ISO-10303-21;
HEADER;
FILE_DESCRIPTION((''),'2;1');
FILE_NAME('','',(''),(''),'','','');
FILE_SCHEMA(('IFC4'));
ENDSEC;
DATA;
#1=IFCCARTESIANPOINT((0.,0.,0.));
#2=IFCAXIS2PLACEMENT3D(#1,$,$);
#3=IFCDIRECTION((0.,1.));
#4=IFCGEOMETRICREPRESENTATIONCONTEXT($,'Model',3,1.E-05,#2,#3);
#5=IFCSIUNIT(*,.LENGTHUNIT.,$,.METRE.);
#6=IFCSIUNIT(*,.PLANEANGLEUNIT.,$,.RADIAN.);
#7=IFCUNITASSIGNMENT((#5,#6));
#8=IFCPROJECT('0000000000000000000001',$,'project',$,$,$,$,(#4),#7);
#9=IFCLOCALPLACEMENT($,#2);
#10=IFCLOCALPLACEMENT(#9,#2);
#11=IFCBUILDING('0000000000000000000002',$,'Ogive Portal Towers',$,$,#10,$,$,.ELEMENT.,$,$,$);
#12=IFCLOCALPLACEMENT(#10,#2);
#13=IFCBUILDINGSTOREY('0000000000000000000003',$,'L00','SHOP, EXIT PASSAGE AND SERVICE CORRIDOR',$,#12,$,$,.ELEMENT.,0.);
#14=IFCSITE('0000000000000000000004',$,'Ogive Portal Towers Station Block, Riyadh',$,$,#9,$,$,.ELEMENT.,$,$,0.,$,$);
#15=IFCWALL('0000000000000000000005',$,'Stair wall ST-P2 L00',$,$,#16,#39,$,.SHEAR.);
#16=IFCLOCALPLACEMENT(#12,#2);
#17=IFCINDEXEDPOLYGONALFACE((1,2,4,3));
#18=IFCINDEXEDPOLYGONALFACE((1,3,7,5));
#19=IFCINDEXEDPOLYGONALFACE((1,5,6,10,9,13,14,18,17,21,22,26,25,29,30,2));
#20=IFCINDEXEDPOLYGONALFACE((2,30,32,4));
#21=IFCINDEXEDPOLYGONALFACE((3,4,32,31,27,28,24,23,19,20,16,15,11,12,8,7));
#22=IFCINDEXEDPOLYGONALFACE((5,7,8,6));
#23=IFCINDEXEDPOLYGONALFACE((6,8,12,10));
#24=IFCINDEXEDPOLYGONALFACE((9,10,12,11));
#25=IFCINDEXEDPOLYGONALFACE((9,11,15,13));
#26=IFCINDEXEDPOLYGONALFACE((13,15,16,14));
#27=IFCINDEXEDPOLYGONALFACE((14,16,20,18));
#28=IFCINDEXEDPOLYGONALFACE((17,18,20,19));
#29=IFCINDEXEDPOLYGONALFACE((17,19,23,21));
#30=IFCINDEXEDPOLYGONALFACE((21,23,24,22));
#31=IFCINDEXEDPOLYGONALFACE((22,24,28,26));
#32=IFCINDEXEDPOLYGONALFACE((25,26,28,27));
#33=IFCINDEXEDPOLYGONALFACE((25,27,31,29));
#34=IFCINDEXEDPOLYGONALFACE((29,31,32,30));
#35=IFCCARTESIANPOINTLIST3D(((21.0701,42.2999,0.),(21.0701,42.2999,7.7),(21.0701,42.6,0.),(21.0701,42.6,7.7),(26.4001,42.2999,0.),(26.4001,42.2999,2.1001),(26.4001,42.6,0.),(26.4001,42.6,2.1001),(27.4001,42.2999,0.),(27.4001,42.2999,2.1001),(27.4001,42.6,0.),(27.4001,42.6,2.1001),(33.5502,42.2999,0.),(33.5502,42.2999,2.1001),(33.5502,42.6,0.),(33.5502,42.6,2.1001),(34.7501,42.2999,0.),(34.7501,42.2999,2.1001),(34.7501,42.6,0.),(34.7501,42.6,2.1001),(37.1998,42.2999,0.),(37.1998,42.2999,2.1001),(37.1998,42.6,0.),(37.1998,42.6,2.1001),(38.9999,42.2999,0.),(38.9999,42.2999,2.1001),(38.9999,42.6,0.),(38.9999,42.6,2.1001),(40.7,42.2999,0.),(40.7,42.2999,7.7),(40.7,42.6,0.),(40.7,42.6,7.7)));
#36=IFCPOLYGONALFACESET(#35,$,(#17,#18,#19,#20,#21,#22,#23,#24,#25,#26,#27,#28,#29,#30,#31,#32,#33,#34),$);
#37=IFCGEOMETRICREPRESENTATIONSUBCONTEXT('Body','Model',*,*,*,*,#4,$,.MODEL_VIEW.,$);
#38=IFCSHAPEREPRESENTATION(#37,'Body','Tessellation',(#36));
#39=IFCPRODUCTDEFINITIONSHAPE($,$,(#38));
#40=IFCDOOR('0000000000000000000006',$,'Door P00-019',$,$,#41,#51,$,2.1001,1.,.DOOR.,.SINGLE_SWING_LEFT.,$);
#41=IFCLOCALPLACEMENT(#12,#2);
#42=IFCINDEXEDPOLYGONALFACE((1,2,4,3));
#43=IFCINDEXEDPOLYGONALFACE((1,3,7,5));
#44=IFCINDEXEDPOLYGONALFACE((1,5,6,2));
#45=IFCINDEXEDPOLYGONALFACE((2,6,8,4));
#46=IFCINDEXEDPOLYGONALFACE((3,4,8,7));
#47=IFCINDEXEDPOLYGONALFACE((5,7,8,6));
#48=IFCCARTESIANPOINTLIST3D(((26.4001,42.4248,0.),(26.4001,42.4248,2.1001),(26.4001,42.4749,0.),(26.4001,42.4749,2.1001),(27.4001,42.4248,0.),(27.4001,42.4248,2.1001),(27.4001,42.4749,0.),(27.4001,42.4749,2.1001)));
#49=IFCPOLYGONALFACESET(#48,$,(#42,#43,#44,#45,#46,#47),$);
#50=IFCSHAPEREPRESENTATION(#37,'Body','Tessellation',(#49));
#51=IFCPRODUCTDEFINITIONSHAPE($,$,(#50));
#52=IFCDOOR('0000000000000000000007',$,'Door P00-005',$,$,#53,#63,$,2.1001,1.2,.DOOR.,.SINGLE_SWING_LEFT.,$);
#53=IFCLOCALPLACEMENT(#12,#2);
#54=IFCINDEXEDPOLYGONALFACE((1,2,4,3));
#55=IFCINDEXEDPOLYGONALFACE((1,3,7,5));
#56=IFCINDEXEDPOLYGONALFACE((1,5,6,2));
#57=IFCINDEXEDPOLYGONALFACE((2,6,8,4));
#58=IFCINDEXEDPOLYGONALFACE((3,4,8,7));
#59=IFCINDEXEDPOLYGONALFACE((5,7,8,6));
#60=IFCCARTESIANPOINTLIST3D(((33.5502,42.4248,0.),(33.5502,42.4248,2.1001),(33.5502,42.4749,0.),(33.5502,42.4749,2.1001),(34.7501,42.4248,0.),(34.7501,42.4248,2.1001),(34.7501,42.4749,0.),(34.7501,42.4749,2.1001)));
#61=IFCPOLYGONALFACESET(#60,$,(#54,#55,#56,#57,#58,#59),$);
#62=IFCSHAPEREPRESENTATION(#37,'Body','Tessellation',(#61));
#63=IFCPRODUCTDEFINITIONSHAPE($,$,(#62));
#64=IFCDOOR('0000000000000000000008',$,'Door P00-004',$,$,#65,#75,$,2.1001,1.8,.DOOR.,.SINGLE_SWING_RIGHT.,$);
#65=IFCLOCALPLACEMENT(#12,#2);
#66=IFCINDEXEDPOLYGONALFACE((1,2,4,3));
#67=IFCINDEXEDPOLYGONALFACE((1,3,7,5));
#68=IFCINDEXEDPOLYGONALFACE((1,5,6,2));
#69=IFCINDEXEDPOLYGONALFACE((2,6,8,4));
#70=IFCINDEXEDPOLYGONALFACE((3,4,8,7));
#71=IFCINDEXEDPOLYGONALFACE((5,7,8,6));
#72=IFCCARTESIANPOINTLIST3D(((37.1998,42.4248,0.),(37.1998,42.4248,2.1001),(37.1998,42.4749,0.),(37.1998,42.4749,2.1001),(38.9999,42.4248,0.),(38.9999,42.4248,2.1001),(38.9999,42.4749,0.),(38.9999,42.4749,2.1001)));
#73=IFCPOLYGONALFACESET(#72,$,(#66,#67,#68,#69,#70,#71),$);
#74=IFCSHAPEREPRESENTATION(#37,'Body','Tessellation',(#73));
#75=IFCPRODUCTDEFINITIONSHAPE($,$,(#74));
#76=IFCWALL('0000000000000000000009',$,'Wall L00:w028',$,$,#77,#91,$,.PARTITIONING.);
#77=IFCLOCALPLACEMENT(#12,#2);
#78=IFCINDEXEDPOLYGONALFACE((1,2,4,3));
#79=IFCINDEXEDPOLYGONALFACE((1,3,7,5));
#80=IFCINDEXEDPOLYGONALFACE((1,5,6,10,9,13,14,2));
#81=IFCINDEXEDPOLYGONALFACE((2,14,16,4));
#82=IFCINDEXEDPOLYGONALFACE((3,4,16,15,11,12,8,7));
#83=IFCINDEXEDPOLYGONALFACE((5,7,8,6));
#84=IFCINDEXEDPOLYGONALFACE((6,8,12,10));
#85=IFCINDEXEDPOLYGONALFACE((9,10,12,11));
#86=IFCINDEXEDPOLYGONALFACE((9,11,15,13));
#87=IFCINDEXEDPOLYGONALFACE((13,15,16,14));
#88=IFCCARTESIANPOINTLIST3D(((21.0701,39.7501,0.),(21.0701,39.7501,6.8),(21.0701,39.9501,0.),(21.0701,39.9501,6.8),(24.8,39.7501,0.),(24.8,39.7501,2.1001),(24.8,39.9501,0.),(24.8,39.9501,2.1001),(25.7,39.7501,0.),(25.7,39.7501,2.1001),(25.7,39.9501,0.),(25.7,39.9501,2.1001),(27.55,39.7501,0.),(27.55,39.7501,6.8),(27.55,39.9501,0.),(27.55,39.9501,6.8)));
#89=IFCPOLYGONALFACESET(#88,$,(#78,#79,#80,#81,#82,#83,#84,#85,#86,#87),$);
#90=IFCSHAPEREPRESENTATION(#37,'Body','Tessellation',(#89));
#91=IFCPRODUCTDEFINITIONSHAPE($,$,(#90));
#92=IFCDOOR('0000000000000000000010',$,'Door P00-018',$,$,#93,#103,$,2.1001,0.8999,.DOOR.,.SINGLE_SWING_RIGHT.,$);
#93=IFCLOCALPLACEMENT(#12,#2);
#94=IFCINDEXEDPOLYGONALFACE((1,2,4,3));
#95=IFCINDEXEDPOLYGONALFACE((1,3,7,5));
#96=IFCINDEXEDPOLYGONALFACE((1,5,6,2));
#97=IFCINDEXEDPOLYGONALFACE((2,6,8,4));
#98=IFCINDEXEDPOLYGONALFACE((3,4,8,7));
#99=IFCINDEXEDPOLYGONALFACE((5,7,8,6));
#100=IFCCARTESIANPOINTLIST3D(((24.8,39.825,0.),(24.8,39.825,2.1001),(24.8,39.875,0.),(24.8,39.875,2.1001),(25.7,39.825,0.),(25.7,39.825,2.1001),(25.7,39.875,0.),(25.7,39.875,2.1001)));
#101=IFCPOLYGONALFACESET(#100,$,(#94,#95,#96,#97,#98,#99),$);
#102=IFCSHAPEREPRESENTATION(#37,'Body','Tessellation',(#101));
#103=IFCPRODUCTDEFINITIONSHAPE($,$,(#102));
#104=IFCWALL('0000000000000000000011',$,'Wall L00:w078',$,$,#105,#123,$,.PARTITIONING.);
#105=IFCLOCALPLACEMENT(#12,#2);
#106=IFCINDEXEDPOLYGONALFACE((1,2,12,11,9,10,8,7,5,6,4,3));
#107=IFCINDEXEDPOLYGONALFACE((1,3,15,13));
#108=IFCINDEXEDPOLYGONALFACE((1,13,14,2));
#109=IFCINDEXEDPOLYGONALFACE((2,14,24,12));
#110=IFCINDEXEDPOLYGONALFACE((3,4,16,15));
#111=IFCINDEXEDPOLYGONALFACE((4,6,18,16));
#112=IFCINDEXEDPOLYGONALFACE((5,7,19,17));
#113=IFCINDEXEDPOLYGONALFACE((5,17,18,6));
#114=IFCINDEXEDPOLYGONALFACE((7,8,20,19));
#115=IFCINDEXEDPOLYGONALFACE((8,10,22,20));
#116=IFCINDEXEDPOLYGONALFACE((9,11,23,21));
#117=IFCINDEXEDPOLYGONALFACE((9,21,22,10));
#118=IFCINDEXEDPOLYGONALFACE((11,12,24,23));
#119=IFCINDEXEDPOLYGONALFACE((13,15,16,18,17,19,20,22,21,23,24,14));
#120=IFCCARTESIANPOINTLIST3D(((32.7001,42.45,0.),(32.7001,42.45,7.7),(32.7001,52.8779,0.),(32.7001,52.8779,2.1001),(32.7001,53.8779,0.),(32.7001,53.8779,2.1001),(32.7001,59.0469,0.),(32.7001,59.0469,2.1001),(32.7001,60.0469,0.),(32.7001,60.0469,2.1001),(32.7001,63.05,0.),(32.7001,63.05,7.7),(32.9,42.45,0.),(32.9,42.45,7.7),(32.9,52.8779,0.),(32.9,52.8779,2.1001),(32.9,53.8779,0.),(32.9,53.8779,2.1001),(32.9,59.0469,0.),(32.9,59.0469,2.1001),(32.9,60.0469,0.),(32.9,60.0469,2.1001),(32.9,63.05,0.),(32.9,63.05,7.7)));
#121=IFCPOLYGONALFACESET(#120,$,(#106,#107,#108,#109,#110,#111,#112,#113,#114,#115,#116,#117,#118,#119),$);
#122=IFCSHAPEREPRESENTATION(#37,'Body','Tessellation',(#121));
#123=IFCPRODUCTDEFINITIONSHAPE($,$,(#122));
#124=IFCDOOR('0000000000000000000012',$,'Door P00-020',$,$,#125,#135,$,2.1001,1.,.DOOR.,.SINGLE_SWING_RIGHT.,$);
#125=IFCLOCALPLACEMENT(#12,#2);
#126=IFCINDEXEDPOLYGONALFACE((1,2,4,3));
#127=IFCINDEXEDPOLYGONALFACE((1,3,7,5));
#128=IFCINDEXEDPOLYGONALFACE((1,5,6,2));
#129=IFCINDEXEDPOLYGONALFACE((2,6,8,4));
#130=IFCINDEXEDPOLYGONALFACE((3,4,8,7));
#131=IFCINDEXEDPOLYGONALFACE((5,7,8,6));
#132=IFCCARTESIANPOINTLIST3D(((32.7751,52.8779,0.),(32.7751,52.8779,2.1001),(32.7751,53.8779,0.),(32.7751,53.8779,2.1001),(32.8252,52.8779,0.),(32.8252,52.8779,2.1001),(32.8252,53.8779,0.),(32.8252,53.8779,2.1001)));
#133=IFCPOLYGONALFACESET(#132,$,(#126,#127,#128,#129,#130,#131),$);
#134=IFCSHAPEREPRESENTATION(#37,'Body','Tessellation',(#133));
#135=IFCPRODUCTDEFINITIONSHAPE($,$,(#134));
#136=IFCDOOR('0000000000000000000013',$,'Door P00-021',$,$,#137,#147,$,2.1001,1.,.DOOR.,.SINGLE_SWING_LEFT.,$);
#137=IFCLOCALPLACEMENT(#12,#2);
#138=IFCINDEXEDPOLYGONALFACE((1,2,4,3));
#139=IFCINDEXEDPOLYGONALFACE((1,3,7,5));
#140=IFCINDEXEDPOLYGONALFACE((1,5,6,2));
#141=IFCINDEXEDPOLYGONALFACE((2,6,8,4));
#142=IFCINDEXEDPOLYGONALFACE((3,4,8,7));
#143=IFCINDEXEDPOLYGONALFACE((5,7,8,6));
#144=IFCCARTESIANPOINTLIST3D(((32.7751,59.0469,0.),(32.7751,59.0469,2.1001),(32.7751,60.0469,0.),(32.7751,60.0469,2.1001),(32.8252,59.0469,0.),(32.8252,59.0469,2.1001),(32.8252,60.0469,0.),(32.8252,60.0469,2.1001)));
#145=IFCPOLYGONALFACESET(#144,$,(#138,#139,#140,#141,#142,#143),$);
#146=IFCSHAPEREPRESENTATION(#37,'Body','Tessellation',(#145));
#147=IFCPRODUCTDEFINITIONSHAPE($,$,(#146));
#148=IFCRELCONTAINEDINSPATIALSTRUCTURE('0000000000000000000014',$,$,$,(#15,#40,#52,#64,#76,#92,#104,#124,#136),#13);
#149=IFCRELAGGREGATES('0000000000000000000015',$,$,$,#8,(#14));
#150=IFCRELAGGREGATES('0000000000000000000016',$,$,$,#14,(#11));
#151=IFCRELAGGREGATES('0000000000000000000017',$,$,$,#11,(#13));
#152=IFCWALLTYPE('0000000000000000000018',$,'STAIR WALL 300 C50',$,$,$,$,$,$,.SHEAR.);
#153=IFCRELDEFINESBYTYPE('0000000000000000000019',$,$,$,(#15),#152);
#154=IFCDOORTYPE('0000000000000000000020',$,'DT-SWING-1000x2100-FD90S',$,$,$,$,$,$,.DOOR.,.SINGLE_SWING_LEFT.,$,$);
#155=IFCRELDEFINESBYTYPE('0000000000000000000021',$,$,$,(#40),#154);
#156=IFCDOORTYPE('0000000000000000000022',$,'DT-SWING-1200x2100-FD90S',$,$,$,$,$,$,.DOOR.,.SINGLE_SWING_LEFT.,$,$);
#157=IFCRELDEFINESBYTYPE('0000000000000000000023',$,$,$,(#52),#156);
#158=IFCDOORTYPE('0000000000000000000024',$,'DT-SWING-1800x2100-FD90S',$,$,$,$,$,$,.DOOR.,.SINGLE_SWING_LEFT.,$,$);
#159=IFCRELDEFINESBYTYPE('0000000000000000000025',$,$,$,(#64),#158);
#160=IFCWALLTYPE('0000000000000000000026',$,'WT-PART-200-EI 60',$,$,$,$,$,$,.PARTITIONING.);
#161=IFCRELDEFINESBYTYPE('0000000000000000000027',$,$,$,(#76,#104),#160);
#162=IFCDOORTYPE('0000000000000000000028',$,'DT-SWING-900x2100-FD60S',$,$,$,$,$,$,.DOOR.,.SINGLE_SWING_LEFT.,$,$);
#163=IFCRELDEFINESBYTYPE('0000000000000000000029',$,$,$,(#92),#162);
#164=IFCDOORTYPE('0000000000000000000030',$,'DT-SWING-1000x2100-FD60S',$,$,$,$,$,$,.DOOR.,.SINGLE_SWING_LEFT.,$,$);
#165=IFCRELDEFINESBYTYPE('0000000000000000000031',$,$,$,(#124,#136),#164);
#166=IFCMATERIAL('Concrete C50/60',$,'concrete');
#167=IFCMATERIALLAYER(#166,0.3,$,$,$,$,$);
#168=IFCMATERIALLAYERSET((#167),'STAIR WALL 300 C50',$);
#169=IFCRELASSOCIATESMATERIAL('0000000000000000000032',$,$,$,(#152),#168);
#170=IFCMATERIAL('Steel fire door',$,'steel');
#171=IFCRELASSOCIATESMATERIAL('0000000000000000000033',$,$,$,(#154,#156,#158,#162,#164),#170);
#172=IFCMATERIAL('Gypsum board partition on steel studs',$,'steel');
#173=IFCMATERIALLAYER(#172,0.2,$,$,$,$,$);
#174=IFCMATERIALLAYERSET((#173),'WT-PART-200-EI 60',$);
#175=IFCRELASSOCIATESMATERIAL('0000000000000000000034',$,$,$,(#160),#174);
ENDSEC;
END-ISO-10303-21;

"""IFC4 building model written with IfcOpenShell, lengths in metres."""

from ifc_helpers import new_model, si_unit, direction, frame, frame_2d, origin, place, context, subcontext, project, spatial, rectangle, extrude, material, layer, layer_set, type_object, element, fill, save


model = new_model("IFC4")

# Units and contexts
model_context = context("Model", 3, precision=1e-05, world=origin(), true_north=direction((0.0, 1.0)))
body_context = subcontext(model_context, "Body", "Model", "MODEL_VIEW")
ifc_project = project(units=[si_unit("LENGTHUNIT", "METRE"), si_unit("PLANEANGLEUNIT", "RADIAN")], contexts=[model_context])

# Site, building, storey
site_placement = place(None, origin())
site = spatial("IfcSite", under=ifc_project, at=site_placement, Name="Ogive Portal Towers Station Block, Riyadh", CompositionType="ELEMENT", RefElevation=0.0)
building_placement = place(site_placement, origin())
building = spatial("IfcBuilding", under=site, at=building_placement, Name="Ogive Portal Towers", CompositionType="ELEMENT")
storey_placement = place(building_placement, origin())
storey = spatial("IfcBuildingStorey", under=building, at=storey_placement, Name="L00", Description="SHOP, EXIT PASSAGE AND SERVICE CORRIDOR", CompositionType="ELEMENT", Elevation=0.0)

# Shared definitions
ifc_material_1 = material(Name="Concrete C50/60", Category="concrete")

# Shared definitions
ifc_material_2 = material(Name="Steel fire door", Category="steel")

# Wall, openings, doors
ifc_layer_1 = layer(ifc_material_1, 0.3)
ifc_layer_set_1 = layer_set([ifc_layer_1], Name="STAIR WALL 300 C50")
wall_type_1 = type_object("IfcWallType", Name="STAIR WALL 300 C50", PredefinedType="SHEAR", material=ifc_layer_set_1)
wall_1_placement = place(storey_placement, frame((21.0701, 42.45, 0.0), z_axis=(0.0, 0.0, 1.0), x_axis=(1.0, 0.0, 0.0)))
wall_1 = element("IfcWall", 1, at=wall_1_placement, inside=storey, type_object=wall_type_1, Name="Stair wall ST-P2 L00", PredefinedType="SHEAR", context=body_context, shape_type="SweptSolid", body=[
    extrude(rectangle(XDim=19.6299, YDim=0.3, at=frame_2d((9.8149, 0.0))), origin(), (0.0, 0.0, 1.0), 7.7),
])
opening_1_placement = place(wall_1_placement, frame((16.1299, 0.0, 0.0)))
opening_1 = element("IfcOpeningElement", 2, at=opening_1_placement, cuts=wall_1, PredefinedType="OPENING", context=body_context, shape_type="SweptSolid", body=[
    extrude(rectangle(XDim=1.8, YDim=2.1001, at=frame_2d((0.8999, 1.05))), frame((0.0, 0.1602, 0.0), z_axis=(0.0, -1.0, 0.0), x_axis=(1.0, 0.0, 0.0)), (0.0, 0.0, 1.0), 0.3201),
])
opening_2_placement = place(wall_1_placement, frame((12.48, 0.0, 0.0)))
opening_2 = element("IfcOpeningElement", 3, at=opening_2_placement, cuts=wall_1, PredefinedType="OPENING", context=body_context, shape_type="SweptSolid", body=[
    extrude(rectangle(XDim=1.2, YDim=2.1001, at=frame_2d((0.6001, 1.05))), frame((0.0, 0.1602, 0.0), z_axis=(0.0, -1.0, 0.0), x_axis=(1.0, 0.0, 0.0)), (0.0, 0.0, 1.0), 0.3201),
])
opening_3_placement = place(wall_1_placement, frame((5.3301, 0.0, 0.0)))
opening_3 = element("IfcOpeningElement", 4, at=opening_3_placement, cuts=wall_1, PredefinedType="OPENING", context=body_context, shape_type="SweptSolid", body=[
    extrude(rectangle(XDim=1.0, YDim=2.1001, at=frame_2d((0.5, 1.05))), frame((0.0, 0.1602, 0.0), z_axis=(0.0, -1.0, 0.0), x_axis=(1.0, 0.0, 0.0)), (0.0, 0.0, 1.0), 0.3201),
])
door_type_1 = type_object("IfcDoorType", Name="DT-SWING-1000x2100-FD90S", OperationType="SINGLE_SWING_LEFT", PredefinedType="DOOR", material=ifc_material_2)
door_1_placement = place(opening_3_placement, origin())
door_1 = element("IfcDoor", 5, at=door_1_placement, inside=storey, type_object=door_type_1, Name="Door P00-019", OperationType="SINGLE_SWING_LEFT", OverallHeight=2.1001, OverallWidth=1.0, PredefinedType="DOOR", context=body_context, shape_type="SweptSolid", body=[
    extrude(rectangle(XDim=1.0, YDim=2.1001, at=frame_2d((0.5, 1.05))), frame((0.0, 0.0249, 0.0), z_axis=(0.0, -1.0, 0.0), x_axis=(1.0, 0.0, 0.0)), (0.0, 0.0, 1.0), 0.05),
])
fill(opening_3, door_1)
door_type_2 = type_object("IfcDoorType", Name="DT-SWING-1200x2100-FD90S", OperationType="SINGLE_SWING_LEFT", PredefinedType="DOOR", material=ifc_material_2)
door_2_placement = place(opening_2_placement, origin())
door_2 = element("IfcDoor", 6, at=door_2_placement, inside=storey, type_object=door_type_2, Name="Door P00-005", OperationType="SINGLE_SWING_LEFT", OverallHeight=2.1001, OverallWidth=1.2, PredefinedType="DOOR", context=body_context, shape_type="SweptSolid", body=[
    extrude(rectangle(XDim=1.2, YDim=2.1001, at=frame_2d((0.6001, 1.05))), frame((0.0, 0.0249, 0.0), z_axis=(0.0, -1.0, 0.0), x_axis=(1.0, 0.0, 0.0)), (0.0, 0.0, 1.0), 0.05),
])
fill(opening_2, door_2)
door_type_3 = type_object("IfcDoorType", Name="DT-SWING-1800x2100-FD90S", OperationType="SINGLE_SWING_LEFT", PredefinedType="DOOR", material=ifc_material_2)
door_3_placement = place(opening_1_placement, origin())
door_3 = element("IfcDoor", 7, at=door_3_placement, inside=storey, type_object=door_type_3, Name="Door P00-004", OperationType="SINGLE_SWING_RIGHT", OverallHeight=2.1001, OverallWidth=1.8, PredefinedType="DOOR", context=body_context, shape_type="SweptSolid", body=[
    extrude(rectangle(XDim=1.8, YDim=2.1001, at=frame_2d((0.8999, 1.05))), frame((0.0, 0.0249, 0.0), z_axis=(0.0, -1.0, 0.0), x_axis=(1.0, 0.0, 0.0)), (0.0, 0.0, 1.0), 0.05),
])
fill(opening_1, door_3)

# Wall, opening, door
ifc_material_3 = material(Name="Gypsum board partition on steel studs", Category="steel")
ifc_layer_2 = layer(ifc_material_3, 0.2)
ifc_layer_set_2 = layer_set([ifc_layer_2], Name="WT-PART-200-EI 60")
wall_type_2 = type_object("IfcWallType", Name="WT-PART-200-EI 60", PredefinedType="PARTITIONING", material=ifc_layer_set_2)
wall_2_placement = place(storey_placement, frame((21.0701, 39.8501, 0.0), z_axis=(0.0, 0.0, 1.0), x_axis=(1.0, 0.0, 0.0)))
wall_2 = element("IfcWall", 8, at=wall_2_placement, inside=storey, type_object=wall_type_2, Name="Wall L00:w028", PredefinedType="PARTITIONING", context=body_context, shape_type="SweptSolid", body=[
    extrude(rectangle(XDim=6.48, YDim=0.2, at=frame_2d((3.24, 0.0))), origin(), (0.0, 0.0, 1.0), 6.8),
])
opening_4_placement = place(wall_2_placement, frame((3.73, 0.0, 0.0)))
opening_4 = element("IfcOpeningElement", 9, at=opening_4_placement, cuts=wall_2, PredefinedType="OPENING", context=body_context, shape_type="SweptSolid", body=[
    extrude(rectangle(XDim=0.8999, YDim=2.1001, at=frame_2d((0.45, 1.05))), frame((0.0, 0.1099, 0.0), z_axis=(0.0, -1.0, 0.0), x_axis=(1.0, 0.0, 0.0)), (0.0, 0.0, 1.0), 0.22),
])
door_type_4 = type_object("IfcDoorType", Name="DT-SWING-900x2100-FD60S", OperationType="SINGLE_SWING_LEFT", PredefinedType="DOOR", material=ifc_material_2)
door_4_placement = place(opening_4_placement, origin())
door_4 = element("IfcDoor", 10, at=door_4_placement, inside=storey, type_object=door_type_4, Name="Door P00-018", OperationType="SINGLE_SWING_RIGHT", OverallHeight=2.1001, OverallWidth=0.8999, PredefinedType="DOOR", context=body_context, shape_type="SweptSolid", body=[
    extrude(rectangle(XDim=0.8999, YDim=2.1001, at=frame_2d((0.45, 1.05))), frame((0.0, 0.0249, 0.0), z_axis=(0.0, -1.0, 0.0), x_axis=(1.0, 0.0, 0.0)), (0.0, 0.0, 1.0), 0.05),
])
fill(opening_4, door_4)

# Wall, openings, doors
wall_3_placement = place(storey_placement, frame((32.8, 42.45, 0.0), z_axis=(0.0, 0.0, 1.0), x_axis=(0.0, 1.0, 0.0)))
wall_3 = element("IfcWall", 11, at=wall_3_placement, inside=storey, type_object=wall_type_2, Name="Wall L00:w078", PredefinedType="PARTITIONING", context=body_context, shape_type="SweptSolid", body=[
    extrude(rectangle(XDim=20.6001, YDim=0.2, at=frame_2d((10.3, 0.0))), origin(), (0.0, 0.0, 1.0), 7.7),
])
opening_5_placement = place(wall_3_placement, frame((10.428, 0.0, 0.0)))
opening_5 = element("IfcOpeningElement", 12, at=opening_5_placement, cuts=wall_3, PredefinedType="OPENING", context=body_context, shape_type="SweptSolid", body=[
    extrude(rectangle(XDim=1.0, YDim=2.1001, at=frame_2d((0.5, 1.05))), frame((0.0, 0.1099, 0.0), z_axis=(0.0, -1.0, 0.0), x_axis=(1.0, 0.0, 0.0)), (0.0, 0.0, 1.0), 0.22),
])
opening_6_placement = place(wall_3_placement, frame((16.5969, 0.0, 0.0)))
opening_6 = element("IfcOpeningElement", 13, at=opening_6_placement, cuts=wall_3, PredefinedType="OPENING", context=body_context, shape_type="SweptSolid", body=[
    extrude(rectangle(XDim=1.0, YDim=2.1001, at=frame_2d((0.5, 1.05))), frame((0.0, 0.1099, 0.0), z_axis=(0.0, -1.0, 0.0), x_axis=(1.0, 0.0, 0.0)), (0.0, 0.0, 1.0), 0.22),
])
door_type_5 = type_object("IfcDoorType", Name="DT-SWING-1000x2100-FD60S", OperationType="SINGLE_SWING_LEFT", PredefinedType="DOOR", material=ifc_material_2)
door_5_placement = place(opening_5_placement, origin())
door_5 = element("IfcDoor", 14, at=door_5_placement, inside=storey, type_object=door_type_5, Name="Door P00-020", OperationType="SINGLE_SWING_RIGHT", OverallHeight=2.1001, OverallWidth=1.0, PredefinedType="DOOR", context=body_context, shape_type="SweptSolid", body=[
    extrude(rectangle(XDim=1.0, YDim=2.1001, at=frame_2d((0.5, 1.05))), frame((0.0, 0.0249, 0.0), z_axis=(0.0, -1.0, 0.0), x_axis=(1.0, 0.0, 0.0)), (0.0, 0.0, 1.0), 0.05),
])
fill(opening_5, door_5)
door_6_placement = place(opening_6_placement, origin())
door_6 = element("IfcDoor", 15, at=door_6_placement, inside=storey, type_object=door_type_5, Name="Door P00-021", OperationType="SINGLE_SWING_LEFT", OverallHeight=2.1001, OverallWidth=1.0, PredefinedType="DOOR", context=body_context, shape_type="SweptSolid", body=[
    extrude(rectangle(XDim=1.0, YDim=2.1001, at=frame_2d((0.5, 1.05))), frame((0.0, 0.0249, 0.0), z_axis=(0.0, -1.0, 0.0), x_axis=(1.0, 0.0, 0.0)), (0.0, 0.0, 1.0), 0.05),
])
fill(opening_6, door_6)

save(model, "model.ifc")
